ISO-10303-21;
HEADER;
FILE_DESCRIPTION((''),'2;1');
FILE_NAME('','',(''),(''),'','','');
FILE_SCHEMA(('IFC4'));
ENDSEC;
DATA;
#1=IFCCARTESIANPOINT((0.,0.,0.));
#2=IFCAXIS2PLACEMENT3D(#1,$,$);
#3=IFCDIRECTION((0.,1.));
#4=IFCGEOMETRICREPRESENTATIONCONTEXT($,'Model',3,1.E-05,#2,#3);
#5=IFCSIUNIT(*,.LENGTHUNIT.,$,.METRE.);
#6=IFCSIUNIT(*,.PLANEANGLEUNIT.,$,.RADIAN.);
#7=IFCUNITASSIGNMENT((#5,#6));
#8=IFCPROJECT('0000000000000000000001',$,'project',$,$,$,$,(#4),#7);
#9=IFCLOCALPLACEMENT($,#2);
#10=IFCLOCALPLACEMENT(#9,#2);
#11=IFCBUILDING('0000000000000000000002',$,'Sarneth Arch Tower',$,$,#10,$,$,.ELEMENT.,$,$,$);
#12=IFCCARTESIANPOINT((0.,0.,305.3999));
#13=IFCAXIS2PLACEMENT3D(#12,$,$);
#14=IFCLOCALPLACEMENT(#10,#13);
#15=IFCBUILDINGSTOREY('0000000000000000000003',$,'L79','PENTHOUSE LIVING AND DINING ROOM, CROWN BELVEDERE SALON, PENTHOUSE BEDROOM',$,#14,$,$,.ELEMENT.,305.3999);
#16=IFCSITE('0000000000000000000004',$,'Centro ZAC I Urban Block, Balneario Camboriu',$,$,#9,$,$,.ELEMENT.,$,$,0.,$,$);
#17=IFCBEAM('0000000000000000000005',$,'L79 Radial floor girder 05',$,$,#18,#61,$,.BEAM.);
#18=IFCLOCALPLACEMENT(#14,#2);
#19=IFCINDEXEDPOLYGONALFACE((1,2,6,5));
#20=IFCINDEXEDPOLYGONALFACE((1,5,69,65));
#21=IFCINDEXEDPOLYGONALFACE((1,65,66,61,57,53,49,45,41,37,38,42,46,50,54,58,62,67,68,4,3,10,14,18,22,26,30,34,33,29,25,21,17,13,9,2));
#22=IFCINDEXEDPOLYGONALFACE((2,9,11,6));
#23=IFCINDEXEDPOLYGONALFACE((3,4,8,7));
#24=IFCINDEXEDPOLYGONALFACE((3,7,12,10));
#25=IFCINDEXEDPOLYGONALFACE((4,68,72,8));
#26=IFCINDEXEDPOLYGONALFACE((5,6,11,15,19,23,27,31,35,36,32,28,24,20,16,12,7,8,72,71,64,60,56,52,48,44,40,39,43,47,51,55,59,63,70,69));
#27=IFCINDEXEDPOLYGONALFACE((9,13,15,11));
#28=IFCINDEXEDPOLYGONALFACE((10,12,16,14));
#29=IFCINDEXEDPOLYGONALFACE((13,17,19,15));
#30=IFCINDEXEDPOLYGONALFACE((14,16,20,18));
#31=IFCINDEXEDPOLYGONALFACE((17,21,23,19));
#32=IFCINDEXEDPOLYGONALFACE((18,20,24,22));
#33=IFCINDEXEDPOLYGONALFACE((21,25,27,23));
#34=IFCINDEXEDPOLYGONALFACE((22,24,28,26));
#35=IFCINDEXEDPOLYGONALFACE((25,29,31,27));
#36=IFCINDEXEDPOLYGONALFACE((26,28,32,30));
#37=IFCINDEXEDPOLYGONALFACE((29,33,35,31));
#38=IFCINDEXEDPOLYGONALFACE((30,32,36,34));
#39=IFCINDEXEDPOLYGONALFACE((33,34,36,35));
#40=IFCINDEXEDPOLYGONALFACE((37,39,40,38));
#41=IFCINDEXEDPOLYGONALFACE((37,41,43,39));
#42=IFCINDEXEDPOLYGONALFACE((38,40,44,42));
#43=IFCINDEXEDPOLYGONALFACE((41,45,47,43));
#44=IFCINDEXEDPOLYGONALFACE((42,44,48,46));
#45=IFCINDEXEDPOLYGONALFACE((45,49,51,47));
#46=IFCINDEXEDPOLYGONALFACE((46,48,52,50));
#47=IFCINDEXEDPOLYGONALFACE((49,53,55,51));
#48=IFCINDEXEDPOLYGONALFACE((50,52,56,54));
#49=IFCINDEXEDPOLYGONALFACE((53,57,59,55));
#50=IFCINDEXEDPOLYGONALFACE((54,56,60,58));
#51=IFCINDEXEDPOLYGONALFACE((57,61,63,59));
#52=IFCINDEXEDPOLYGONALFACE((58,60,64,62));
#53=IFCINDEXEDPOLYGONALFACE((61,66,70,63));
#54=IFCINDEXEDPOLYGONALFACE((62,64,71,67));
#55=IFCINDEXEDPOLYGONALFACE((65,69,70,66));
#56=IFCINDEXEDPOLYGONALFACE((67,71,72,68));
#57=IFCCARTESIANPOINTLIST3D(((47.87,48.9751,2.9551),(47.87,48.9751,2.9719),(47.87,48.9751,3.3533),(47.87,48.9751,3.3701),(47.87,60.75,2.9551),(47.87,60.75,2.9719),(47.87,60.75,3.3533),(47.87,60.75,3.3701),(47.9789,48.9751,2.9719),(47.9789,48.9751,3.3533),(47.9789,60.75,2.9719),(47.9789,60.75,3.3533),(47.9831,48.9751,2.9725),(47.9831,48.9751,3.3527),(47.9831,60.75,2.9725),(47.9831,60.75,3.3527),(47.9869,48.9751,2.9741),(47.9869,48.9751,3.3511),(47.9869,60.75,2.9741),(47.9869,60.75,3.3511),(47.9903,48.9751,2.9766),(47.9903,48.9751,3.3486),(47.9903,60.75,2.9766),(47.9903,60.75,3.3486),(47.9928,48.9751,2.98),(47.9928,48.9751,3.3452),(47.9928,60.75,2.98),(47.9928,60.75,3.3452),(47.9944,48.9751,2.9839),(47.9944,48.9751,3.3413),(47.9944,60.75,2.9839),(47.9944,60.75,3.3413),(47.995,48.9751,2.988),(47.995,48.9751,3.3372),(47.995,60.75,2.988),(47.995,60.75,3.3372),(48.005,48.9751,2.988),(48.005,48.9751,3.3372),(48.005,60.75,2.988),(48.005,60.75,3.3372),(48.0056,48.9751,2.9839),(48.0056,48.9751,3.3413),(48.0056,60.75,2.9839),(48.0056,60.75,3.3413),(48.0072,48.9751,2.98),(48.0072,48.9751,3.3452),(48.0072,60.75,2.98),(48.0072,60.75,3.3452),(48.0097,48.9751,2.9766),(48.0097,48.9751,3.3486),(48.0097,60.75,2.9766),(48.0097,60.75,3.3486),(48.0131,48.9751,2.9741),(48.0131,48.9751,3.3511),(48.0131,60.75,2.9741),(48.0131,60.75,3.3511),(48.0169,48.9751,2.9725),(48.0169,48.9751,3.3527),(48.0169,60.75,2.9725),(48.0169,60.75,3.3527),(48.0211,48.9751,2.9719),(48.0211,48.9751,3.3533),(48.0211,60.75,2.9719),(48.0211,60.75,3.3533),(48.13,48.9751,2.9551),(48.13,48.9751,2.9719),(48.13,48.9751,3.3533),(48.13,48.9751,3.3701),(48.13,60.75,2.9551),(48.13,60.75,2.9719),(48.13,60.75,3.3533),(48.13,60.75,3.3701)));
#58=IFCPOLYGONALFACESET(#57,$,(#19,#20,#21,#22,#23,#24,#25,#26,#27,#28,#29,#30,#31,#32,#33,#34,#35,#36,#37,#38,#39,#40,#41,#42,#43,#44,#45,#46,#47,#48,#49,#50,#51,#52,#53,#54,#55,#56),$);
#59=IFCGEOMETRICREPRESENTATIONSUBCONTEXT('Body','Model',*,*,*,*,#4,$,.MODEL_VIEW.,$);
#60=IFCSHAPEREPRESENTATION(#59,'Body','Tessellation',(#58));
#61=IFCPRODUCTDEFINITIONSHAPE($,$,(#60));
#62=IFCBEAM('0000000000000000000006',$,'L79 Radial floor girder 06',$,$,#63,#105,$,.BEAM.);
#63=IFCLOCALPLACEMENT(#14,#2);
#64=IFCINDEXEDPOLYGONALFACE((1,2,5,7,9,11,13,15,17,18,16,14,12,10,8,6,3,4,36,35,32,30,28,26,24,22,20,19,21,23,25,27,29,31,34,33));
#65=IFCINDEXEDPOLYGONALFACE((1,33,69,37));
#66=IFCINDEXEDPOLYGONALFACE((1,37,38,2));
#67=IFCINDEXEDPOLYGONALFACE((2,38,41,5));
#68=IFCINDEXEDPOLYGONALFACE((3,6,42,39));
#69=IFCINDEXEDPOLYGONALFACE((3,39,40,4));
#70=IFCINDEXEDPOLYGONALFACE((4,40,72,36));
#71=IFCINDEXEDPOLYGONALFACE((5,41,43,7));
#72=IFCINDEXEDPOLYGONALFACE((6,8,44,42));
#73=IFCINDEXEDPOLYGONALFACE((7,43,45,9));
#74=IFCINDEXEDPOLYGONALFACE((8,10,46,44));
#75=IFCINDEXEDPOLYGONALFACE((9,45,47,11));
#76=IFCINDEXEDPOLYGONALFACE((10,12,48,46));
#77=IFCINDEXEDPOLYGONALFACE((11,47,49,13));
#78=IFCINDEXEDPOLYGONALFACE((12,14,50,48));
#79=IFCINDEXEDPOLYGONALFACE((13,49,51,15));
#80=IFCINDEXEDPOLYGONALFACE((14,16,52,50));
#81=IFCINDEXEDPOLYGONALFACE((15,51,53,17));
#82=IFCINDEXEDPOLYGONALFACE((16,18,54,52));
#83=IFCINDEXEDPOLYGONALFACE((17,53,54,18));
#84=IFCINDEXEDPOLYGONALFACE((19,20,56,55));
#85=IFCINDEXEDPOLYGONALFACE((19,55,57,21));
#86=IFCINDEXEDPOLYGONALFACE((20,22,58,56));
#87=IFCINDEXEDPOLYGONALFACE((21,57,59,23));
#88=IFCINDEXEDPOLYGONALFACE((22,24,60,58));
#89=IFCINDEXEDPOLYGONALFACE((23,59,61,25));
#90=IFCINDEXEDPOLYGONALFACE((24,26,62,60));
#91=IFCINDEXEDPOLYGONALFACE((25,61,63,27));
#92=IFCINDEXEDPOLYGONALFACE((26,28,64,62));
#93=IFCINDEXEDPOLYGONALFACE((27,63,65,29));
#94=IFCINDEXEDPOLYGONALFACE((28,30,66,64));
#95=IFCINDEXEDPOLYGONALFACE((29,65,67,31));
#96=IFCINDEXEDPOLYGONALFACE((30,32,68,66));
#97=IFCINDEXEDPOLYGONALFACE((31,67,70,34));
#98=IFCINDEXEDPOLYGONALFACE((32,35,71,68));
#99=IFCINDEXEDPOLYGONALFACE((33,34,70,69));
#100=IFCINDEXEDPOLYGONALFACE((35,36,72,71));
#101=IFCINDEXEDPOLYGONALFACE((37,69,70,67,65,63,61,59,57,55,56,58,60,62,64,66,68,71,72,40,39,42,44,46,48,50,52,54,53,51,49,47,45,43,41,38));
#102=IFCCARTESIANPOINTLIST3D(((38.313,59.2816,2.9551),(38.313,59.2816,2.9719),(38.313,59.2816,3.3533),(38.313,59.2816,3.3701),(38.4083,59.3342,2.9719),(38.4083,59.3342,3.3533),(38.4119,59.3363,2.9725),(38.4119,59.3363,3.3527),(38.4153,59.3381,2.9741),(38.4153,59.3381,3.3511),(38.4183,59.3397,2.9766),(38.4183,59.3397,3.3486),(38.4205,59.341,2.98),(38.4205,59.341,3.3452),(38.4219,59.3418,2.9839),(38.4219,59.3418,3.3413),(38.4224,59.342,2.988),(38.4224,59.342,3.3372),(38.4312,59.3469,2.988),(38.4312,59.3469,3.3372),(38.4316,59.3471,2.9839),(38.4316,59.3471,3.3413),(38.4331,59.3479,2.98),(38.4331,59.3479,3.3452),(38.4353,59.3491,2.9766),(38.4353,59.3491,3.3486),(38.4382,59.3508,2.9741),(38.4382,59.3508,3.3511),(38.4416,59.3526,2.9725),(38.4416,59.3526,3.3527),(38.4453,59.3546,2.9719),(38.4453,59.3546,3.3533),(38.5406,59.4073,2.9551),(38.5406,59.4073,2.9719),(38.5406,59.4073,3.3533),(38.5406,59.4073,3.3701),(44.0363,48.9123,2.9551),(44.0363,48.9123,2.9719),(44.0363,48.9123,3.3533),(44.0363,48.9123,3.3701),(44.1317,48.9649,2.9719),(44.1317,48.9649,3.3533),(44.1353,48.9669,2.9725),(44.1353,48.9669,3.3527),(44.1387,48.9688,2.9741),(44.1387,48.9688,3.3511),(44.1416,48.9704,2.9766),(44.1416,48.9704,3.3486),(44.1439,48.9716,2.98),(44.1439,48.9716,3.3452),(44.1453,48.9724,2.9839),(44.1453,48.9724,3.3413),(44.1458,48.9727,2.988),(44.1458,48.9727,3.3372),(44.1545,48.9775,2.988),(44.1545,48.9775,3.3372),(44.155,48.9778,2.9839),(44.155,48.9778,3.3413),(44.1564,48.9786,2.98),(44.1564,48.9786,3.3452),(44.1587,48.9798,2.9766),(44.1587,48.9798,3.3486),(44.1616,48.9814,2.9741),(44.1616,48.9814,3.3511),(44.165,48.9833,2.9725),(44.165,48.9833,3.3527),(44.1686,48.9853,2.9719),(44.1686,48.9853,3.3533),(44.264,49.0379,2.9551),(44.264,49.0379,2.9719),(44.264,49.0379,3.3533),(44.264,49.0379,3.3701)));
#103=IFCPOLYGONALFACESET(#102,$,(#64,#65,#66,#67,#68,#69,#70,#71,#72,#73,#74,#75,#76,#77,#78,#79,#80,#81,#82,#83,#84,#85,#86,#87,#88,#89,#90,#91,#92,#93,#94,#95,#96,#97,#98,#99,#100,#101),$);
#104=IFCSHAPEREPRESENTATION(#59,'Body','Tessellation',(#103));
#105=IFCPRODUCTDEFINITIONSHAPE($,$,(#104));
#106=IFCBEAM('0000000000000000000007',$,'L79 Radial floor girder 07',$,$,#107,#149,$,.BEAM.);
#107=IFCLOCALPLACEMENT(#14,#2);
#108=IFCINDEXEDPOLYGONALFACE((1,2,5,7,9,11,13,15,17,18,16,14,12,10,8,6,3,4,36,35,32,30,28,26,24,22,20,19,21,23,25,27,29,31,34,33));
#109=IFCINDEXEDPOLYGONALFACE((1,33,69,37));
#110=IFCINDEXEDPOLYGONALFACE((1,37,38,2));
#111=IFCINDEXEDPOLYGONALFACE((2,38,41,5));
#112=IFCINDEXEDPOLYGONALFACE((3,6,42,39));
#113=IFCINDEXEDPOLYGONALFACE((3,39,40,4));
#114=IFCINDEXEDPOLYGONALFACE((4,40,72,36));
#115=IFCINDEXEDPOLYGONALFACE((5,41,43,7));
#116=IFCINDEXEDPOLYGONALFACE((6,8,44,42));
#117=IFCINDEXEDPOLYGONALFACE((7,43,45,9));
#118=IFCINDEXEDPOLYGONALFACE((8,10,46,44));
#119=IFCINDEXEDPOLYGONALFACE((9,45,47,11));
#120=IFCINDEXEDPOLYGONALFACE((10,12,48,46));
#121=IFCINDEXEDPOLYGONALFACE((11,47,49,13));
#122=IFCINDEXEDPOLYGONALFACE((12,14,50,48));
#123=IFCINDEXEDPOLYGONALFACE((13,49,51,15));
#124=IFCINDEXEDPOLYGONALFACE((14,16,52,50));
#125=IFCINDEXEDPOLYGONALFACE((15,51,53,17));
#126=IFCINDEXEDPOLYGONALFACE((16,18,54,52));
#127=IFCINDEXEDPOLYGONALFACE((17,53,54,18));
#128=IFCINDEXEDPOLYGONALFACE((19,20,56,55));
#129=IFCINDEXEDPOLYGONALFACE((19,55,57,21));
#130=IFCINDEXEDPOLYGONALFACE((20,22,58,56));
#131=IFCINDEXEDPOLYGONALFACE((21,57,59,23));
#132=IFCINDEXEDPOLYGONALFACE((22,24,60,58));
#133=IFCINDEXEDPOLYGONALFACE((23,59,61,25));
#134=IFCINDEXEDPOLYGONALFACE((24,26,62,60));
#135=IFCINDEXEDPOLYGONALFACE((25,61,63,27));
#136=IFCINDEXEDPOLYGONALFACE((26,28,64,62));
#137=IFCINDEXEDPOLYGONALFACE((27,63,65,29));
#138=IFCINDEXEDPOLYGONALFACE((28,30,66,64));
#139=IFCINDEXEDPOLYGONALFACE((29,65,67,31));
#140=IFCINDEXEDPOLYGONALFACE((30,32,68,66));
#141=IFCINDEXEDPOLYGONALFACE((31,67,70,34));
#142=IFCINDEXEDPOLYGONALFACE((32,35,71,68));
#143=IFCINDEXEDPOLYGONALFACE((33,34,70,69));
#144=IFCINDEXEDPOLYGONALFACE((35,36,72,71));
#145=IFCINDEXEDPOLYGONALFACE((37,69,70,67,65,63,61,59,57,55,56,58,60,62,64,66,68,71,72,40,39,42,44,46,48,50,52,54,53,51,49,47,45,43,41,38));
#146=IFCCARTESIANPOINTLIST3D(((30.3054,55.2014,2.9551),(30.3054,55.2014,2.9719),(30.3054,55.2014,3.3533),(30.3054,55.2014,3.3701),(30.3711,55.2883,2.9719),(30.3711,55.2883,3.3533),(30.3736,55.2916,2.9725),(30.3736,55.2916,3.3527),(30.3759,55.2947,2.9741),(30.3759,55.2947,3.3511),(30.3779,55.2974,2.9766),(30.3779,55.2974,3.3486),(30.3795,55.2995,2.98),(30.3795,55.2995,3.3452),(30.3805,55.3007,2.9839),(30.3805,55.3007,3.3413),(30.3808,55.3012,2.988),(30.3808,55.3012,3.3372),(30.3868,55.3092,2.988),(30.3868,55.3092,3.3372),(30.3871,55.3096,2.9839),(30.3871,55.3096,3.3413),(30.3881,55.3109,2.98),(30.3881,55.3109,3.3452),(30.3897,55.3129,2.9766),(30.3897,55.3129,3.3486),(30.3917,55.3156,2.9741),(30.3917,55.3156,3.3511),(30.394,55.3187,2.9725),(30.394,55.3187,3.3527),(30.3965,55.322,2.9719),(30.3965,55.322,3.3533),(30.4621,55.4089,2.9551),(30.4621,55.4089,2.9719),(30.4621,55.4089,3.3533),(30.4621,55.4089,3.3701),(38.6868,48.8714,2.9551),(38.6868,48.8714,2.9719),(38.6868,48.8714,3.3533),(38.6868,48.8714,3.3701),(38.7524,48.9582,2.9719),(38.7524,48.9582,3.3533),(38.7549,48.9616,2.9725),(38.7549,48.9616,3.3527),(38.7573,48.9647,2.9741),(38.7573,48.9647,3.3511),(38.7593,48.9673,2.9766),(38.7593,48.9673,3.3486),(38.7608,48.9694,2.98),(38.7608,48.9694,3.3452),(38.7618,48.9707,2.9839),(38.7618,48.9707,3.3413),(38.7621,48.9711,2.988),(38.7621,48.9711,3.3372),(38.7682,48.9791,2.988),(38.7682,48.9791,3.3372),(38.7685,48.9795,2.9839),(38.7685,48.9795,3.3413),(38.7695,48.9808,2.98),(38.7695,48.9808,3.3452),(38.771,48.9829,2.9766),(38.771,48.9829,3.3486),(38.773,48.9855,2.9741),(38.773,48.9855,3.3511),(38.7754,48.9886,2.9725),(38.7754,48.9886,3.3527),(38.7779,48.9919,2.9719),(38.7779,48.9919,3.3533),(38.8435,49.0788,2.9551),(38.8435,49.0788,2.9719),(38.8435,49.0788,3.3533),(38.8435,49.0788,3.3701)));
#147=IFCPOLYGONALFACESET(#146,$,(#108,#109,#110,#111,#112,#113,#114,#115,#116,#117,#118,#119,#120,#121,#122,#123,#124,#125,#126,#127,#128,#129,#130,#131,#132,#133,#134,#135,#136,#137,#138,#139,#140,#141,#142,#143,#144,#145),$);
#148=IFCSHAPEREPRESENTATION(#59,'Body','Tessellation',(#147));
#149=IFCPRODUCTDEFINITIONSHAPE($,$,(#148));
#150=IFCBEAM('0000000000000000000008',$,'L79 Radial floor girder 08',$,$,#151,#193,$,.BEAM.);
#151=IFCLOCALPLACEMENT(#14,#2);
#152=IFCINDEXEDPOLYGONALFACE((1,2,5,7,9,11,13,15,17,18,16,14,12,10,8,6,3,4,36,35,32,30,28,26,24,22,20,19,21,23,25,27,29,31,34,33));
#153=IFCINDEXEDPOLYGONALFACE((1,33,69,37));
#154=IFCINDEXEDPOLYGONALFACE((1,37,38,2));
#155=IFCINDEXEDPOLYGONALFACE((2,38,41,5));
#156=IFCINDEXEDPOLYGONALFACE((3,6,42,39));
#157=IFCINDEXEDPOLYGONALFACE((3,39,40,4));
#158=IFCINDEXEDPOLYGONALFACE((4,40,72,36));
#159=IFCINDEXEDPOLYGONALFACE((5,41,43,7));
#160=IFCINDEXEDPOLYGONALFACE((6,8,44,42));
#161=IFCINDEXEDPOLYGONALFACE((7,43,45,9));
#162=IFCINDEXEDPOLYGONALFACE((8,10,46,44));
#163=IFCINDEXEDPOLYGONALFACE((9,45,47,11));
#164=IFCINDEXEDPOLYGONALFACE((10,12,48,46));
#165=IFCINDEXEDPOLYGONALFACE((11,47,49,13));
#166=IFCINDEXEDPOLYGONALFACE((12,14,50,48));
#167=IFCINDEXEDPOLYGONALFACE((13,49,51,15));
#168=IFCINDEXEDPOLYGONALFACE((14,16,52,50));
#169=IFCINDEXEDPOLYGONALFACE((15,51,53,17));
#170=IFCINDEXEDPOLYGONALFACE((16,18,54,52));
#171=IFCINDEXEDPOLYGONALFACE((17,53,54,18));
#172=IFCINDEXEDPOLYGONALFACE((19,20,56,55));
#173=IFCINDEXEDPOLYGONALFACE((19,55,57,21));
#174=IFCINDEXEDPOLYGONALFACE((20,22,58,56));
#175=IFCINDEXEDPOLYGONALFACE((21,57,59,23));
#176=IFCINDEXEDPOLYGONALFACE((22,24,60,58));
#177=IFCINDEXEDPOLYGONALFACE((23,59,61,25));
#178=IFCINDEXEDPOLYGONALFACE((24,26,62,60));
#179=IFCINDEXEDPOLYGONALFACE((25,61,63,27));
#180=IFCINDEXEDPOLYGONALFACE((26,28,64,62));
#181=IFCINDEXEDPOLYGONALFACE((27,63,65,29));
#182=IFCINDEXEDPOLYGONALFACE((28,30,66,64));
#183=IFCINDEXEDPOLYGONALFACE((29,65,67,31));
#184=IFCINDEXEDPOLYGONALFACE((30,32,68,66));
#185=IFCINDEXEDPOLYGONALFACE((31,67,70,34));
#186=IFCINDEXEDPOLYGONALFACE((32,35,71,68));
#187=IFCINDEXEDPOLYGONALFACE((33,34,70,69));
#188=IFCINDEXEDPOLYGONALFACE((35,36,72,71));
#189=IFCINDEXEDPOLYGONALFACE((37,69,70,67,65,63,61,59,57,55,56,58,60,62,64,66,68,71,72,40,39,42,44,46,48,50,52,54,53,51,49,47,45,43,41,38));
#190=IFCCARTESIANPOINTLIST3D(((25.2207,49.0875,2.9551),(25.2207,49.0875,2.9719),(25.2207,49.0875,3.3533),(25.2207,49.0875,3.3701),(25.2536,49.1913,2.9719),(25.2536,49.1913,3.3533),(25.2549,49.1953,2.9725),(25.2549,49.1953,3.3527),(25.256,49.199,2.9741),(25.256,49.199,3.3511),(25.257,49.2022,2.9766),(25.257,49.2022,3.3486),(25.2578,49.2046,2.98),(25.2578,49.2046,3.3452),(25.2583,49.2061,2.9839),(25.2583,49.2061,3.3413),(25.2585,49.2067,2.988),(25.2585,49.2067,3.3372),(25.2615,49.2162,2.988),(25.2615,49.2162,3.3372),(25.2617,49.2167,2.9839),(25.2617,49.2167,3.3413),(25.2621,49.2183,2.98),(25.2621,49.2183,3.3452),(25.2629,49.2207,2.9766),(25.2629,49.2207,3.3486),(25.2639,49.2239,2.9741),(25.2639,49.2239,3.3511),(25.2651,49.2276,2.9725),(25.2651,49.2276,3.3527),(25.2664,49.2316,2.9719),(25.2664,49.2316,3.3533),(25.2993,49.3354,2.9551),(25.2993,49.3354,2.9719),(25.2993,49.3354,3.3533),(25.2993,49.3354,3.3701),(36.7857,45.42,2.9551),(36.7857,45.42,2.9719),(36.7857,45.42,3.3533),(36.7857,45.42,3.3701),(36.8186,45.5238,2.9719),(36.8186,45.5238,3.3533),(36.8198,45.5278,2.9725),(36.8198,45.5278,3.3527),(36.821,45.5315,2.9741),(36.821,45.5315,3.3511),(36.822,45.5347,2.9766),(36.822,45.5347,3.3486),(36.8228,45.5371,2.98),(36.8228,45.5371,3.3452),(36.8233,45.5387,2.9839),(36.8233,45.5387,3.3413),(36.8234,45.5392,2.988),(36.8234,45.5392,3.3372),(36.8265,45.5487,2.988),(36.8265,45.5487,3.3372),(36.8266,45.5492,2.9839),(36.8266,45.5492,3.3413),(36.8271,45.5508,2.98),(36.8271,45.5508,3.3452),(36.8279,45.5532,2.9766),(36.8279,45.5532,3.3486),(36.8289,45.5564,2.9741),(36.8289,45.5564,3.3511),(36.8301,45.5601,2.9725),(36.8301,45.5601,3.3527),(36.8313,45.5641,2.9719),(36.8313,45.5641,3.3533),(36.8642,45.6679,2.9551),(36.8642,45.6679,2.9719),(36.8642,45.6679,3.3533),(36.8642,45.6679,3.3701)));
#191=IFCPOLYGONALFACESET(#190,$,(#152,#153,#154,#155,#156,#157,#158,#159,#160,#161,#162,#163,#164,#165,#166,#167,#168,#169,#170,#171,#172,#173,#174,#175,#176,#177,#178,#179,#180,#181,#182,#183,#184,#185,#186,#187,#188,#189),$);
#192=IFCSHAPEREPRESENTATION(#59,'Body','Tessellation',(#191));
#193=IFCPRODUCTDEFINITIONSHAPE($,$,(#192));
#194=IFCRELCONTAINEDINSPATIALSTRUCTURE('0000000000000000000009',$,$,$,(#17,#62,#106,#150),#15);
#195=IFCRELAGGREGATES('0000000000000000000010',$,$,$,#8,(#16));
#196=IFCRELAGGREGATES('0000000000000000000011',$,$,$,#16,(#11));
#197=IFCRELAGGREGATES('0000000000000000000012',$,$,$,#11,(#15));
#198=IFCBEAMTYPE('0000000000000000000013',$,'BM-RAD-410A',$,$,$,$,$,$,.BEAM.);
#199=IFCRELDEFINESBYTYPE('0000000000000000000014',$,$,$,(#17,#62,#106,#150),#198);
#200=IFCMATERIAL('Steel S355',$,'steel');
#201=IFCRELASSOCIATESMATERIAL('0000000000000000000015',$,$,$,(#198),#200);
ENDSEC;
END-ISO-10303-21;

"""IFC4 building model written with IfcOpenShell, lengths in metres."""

from ifc_helpers import new_model, si_unit, direction, frame, origin, origin_2d, place, context, subcontext, project, spatial, i_section, extrude, material, material_profile, profile_set, type_object, element, save


model = new_model("IFC4")

# Units and contexts
model_context = context("Model", 3, precision=1e-05, world=origin(), true_north=direction((0.0, 1.0)))
body_context = subcontext(model_context, "Body", "Model", "MODEL_VIEW")
ifc_project = project(units=[si_unit("LENGTHUNIT", "METRE"), si_unit("PLANEANGLEUNIT", "RADIAN")], contexts=[model_context])

# Site, building, storey
site_placement = place(None, origin())
site = spatial("IfcSite", under=ifc_project, at=site_placement, Name="Centro ZAC I Urban Block, Balneario Camboriu", CompositionType="ELEMENT", RefElevation=0.0)
building_placement = place(site_placement, origin())
building = spatial("IfcBuilding", under=site, at=building_placement, Name="Sarneth Arch Tower", CompositionType="ELEMENT")
storey_placement = place(building_placement, frame((0.0, 0.0, 305.3999)))
storey = spatial("IfcBuildingStorey", under=building, at=storey_placement, Name="L79", Description="PENTHOUSE LIVING AND DINING ROOM, CROWN BELVEDERE SALON, PENTHOUSE BEDROOM", CompositionType="ELEMENT", Elevation=305.3999)

# Beams
ifc_material_1 = material(Name="Steel S355", Category="steel")
ifc_material_profile = material_profile(ifc_material_1, i_section(OverallWidth=0.26, OverallDepth=0.415, WebThickness=0.01, FlangeThickness=0.0168, FilletRadius=0.0161, at=origin_2d()), Name="W410x100")
ifc_profile_set = profile_set([ifc_material_profile], Name="Steel S355")
beam_type = type_object("IfcBeamType", Name="BM-RAD-410A", PredefinedType="BEAM", material=ifc_profile_set)
beam_1_placement = place(storey_placement, frame((48.0, 48.9751, 3.1626), z_axis=(0.0, 1.0, 0.0), x_axis=(-1.0, 0.0, 0.0)))
element("IfcBeam", 1, at=beam_1_placement, inside=storey, type_object=beam_type, Name="L79 Radial floor girder 05", PredefinedType="BEAM", context=body_context, shape_type="SweptSolid", body=[
    extrude(i_section(OverallWidth=0.26, OverallDepth=0.415, WebThickness=0.01, FlangeThickness=0.0168, FilletRadius=0.0161, at=origin_2d()), origin(), (0.0, 0.0, 1.0), 11.7749),
])
beam_2_placement = place(storey_placement, frame((44.1501, 48.9751, 3.1626), z_axis=(-0.483229, 0.875494, 0.0), x_axis=(-0.875494, -0.483229, 0.0)))
element("IfcBeam", 2, at=beam_2_placement, inside=storey, type_object=beam_type, Name="L79 Radial floor girder 06", PredefinedType="BEAM", context=body_context, shape_type="SweptSolid", body=[
    extrude(i_section(OverallWidth=0.26, OverallDepth=0.415, WebThickness=0.01, FlangeThickness=0.0168, FilletRadius=0.0161, at=origin_2d()), origin(), (0.0, 0.0, 1.0), 11.844),
])
beam_3_placement = place(storey_placement, frame((38.7651, 48.9751, 3.1626), z_axis=(-0.797982, 0.602682, 0.0), x_axis=(-0.602682, -0.797982, 0.0)))
element("IfcBeam", 3, at=beam_3_placement, inside=storey, type_object=beam_type, Name="L79 Radial floor girder 07", PredefinedType="BEAM", context=body_context, shape_type="SweptSolid", body=[
    extrude(i_section(OverallWidth=0.26, OverallDepth=0.415, WebThickness=0.01, FlangeThickness=0.0168, FilletRadius=0.0161, at=origin_2d()), origin(), (0.0, 0.0, 1.0), 10.5032),
])
beam_4_placement = place(storey_placement, frame((36.825, 45.5439, 3.1626), z_axis=(-0.953218, 0.302285, 0.0), x_axis=(-0.302285, -0.953218, 0.0)))
element("IfcBeam", 4, at=beam_4_placement, inside=storey, type_object=beam_type, Name="L79 Radial floor girder 08", PredefinedType="BEAM", context=body_context, shape_type="SweptSolid", body=[
    extrude(i_section(OverallWidth=0.26, OverallDepth=0.415, WebThickness=0.01, FlangeThickness=0.0168, FilletRadius=0.0161, at=origin_2d()), origin(), (0.0, 0.0, 1.0), 12.1326),
])

save(model, "model.ifc")
